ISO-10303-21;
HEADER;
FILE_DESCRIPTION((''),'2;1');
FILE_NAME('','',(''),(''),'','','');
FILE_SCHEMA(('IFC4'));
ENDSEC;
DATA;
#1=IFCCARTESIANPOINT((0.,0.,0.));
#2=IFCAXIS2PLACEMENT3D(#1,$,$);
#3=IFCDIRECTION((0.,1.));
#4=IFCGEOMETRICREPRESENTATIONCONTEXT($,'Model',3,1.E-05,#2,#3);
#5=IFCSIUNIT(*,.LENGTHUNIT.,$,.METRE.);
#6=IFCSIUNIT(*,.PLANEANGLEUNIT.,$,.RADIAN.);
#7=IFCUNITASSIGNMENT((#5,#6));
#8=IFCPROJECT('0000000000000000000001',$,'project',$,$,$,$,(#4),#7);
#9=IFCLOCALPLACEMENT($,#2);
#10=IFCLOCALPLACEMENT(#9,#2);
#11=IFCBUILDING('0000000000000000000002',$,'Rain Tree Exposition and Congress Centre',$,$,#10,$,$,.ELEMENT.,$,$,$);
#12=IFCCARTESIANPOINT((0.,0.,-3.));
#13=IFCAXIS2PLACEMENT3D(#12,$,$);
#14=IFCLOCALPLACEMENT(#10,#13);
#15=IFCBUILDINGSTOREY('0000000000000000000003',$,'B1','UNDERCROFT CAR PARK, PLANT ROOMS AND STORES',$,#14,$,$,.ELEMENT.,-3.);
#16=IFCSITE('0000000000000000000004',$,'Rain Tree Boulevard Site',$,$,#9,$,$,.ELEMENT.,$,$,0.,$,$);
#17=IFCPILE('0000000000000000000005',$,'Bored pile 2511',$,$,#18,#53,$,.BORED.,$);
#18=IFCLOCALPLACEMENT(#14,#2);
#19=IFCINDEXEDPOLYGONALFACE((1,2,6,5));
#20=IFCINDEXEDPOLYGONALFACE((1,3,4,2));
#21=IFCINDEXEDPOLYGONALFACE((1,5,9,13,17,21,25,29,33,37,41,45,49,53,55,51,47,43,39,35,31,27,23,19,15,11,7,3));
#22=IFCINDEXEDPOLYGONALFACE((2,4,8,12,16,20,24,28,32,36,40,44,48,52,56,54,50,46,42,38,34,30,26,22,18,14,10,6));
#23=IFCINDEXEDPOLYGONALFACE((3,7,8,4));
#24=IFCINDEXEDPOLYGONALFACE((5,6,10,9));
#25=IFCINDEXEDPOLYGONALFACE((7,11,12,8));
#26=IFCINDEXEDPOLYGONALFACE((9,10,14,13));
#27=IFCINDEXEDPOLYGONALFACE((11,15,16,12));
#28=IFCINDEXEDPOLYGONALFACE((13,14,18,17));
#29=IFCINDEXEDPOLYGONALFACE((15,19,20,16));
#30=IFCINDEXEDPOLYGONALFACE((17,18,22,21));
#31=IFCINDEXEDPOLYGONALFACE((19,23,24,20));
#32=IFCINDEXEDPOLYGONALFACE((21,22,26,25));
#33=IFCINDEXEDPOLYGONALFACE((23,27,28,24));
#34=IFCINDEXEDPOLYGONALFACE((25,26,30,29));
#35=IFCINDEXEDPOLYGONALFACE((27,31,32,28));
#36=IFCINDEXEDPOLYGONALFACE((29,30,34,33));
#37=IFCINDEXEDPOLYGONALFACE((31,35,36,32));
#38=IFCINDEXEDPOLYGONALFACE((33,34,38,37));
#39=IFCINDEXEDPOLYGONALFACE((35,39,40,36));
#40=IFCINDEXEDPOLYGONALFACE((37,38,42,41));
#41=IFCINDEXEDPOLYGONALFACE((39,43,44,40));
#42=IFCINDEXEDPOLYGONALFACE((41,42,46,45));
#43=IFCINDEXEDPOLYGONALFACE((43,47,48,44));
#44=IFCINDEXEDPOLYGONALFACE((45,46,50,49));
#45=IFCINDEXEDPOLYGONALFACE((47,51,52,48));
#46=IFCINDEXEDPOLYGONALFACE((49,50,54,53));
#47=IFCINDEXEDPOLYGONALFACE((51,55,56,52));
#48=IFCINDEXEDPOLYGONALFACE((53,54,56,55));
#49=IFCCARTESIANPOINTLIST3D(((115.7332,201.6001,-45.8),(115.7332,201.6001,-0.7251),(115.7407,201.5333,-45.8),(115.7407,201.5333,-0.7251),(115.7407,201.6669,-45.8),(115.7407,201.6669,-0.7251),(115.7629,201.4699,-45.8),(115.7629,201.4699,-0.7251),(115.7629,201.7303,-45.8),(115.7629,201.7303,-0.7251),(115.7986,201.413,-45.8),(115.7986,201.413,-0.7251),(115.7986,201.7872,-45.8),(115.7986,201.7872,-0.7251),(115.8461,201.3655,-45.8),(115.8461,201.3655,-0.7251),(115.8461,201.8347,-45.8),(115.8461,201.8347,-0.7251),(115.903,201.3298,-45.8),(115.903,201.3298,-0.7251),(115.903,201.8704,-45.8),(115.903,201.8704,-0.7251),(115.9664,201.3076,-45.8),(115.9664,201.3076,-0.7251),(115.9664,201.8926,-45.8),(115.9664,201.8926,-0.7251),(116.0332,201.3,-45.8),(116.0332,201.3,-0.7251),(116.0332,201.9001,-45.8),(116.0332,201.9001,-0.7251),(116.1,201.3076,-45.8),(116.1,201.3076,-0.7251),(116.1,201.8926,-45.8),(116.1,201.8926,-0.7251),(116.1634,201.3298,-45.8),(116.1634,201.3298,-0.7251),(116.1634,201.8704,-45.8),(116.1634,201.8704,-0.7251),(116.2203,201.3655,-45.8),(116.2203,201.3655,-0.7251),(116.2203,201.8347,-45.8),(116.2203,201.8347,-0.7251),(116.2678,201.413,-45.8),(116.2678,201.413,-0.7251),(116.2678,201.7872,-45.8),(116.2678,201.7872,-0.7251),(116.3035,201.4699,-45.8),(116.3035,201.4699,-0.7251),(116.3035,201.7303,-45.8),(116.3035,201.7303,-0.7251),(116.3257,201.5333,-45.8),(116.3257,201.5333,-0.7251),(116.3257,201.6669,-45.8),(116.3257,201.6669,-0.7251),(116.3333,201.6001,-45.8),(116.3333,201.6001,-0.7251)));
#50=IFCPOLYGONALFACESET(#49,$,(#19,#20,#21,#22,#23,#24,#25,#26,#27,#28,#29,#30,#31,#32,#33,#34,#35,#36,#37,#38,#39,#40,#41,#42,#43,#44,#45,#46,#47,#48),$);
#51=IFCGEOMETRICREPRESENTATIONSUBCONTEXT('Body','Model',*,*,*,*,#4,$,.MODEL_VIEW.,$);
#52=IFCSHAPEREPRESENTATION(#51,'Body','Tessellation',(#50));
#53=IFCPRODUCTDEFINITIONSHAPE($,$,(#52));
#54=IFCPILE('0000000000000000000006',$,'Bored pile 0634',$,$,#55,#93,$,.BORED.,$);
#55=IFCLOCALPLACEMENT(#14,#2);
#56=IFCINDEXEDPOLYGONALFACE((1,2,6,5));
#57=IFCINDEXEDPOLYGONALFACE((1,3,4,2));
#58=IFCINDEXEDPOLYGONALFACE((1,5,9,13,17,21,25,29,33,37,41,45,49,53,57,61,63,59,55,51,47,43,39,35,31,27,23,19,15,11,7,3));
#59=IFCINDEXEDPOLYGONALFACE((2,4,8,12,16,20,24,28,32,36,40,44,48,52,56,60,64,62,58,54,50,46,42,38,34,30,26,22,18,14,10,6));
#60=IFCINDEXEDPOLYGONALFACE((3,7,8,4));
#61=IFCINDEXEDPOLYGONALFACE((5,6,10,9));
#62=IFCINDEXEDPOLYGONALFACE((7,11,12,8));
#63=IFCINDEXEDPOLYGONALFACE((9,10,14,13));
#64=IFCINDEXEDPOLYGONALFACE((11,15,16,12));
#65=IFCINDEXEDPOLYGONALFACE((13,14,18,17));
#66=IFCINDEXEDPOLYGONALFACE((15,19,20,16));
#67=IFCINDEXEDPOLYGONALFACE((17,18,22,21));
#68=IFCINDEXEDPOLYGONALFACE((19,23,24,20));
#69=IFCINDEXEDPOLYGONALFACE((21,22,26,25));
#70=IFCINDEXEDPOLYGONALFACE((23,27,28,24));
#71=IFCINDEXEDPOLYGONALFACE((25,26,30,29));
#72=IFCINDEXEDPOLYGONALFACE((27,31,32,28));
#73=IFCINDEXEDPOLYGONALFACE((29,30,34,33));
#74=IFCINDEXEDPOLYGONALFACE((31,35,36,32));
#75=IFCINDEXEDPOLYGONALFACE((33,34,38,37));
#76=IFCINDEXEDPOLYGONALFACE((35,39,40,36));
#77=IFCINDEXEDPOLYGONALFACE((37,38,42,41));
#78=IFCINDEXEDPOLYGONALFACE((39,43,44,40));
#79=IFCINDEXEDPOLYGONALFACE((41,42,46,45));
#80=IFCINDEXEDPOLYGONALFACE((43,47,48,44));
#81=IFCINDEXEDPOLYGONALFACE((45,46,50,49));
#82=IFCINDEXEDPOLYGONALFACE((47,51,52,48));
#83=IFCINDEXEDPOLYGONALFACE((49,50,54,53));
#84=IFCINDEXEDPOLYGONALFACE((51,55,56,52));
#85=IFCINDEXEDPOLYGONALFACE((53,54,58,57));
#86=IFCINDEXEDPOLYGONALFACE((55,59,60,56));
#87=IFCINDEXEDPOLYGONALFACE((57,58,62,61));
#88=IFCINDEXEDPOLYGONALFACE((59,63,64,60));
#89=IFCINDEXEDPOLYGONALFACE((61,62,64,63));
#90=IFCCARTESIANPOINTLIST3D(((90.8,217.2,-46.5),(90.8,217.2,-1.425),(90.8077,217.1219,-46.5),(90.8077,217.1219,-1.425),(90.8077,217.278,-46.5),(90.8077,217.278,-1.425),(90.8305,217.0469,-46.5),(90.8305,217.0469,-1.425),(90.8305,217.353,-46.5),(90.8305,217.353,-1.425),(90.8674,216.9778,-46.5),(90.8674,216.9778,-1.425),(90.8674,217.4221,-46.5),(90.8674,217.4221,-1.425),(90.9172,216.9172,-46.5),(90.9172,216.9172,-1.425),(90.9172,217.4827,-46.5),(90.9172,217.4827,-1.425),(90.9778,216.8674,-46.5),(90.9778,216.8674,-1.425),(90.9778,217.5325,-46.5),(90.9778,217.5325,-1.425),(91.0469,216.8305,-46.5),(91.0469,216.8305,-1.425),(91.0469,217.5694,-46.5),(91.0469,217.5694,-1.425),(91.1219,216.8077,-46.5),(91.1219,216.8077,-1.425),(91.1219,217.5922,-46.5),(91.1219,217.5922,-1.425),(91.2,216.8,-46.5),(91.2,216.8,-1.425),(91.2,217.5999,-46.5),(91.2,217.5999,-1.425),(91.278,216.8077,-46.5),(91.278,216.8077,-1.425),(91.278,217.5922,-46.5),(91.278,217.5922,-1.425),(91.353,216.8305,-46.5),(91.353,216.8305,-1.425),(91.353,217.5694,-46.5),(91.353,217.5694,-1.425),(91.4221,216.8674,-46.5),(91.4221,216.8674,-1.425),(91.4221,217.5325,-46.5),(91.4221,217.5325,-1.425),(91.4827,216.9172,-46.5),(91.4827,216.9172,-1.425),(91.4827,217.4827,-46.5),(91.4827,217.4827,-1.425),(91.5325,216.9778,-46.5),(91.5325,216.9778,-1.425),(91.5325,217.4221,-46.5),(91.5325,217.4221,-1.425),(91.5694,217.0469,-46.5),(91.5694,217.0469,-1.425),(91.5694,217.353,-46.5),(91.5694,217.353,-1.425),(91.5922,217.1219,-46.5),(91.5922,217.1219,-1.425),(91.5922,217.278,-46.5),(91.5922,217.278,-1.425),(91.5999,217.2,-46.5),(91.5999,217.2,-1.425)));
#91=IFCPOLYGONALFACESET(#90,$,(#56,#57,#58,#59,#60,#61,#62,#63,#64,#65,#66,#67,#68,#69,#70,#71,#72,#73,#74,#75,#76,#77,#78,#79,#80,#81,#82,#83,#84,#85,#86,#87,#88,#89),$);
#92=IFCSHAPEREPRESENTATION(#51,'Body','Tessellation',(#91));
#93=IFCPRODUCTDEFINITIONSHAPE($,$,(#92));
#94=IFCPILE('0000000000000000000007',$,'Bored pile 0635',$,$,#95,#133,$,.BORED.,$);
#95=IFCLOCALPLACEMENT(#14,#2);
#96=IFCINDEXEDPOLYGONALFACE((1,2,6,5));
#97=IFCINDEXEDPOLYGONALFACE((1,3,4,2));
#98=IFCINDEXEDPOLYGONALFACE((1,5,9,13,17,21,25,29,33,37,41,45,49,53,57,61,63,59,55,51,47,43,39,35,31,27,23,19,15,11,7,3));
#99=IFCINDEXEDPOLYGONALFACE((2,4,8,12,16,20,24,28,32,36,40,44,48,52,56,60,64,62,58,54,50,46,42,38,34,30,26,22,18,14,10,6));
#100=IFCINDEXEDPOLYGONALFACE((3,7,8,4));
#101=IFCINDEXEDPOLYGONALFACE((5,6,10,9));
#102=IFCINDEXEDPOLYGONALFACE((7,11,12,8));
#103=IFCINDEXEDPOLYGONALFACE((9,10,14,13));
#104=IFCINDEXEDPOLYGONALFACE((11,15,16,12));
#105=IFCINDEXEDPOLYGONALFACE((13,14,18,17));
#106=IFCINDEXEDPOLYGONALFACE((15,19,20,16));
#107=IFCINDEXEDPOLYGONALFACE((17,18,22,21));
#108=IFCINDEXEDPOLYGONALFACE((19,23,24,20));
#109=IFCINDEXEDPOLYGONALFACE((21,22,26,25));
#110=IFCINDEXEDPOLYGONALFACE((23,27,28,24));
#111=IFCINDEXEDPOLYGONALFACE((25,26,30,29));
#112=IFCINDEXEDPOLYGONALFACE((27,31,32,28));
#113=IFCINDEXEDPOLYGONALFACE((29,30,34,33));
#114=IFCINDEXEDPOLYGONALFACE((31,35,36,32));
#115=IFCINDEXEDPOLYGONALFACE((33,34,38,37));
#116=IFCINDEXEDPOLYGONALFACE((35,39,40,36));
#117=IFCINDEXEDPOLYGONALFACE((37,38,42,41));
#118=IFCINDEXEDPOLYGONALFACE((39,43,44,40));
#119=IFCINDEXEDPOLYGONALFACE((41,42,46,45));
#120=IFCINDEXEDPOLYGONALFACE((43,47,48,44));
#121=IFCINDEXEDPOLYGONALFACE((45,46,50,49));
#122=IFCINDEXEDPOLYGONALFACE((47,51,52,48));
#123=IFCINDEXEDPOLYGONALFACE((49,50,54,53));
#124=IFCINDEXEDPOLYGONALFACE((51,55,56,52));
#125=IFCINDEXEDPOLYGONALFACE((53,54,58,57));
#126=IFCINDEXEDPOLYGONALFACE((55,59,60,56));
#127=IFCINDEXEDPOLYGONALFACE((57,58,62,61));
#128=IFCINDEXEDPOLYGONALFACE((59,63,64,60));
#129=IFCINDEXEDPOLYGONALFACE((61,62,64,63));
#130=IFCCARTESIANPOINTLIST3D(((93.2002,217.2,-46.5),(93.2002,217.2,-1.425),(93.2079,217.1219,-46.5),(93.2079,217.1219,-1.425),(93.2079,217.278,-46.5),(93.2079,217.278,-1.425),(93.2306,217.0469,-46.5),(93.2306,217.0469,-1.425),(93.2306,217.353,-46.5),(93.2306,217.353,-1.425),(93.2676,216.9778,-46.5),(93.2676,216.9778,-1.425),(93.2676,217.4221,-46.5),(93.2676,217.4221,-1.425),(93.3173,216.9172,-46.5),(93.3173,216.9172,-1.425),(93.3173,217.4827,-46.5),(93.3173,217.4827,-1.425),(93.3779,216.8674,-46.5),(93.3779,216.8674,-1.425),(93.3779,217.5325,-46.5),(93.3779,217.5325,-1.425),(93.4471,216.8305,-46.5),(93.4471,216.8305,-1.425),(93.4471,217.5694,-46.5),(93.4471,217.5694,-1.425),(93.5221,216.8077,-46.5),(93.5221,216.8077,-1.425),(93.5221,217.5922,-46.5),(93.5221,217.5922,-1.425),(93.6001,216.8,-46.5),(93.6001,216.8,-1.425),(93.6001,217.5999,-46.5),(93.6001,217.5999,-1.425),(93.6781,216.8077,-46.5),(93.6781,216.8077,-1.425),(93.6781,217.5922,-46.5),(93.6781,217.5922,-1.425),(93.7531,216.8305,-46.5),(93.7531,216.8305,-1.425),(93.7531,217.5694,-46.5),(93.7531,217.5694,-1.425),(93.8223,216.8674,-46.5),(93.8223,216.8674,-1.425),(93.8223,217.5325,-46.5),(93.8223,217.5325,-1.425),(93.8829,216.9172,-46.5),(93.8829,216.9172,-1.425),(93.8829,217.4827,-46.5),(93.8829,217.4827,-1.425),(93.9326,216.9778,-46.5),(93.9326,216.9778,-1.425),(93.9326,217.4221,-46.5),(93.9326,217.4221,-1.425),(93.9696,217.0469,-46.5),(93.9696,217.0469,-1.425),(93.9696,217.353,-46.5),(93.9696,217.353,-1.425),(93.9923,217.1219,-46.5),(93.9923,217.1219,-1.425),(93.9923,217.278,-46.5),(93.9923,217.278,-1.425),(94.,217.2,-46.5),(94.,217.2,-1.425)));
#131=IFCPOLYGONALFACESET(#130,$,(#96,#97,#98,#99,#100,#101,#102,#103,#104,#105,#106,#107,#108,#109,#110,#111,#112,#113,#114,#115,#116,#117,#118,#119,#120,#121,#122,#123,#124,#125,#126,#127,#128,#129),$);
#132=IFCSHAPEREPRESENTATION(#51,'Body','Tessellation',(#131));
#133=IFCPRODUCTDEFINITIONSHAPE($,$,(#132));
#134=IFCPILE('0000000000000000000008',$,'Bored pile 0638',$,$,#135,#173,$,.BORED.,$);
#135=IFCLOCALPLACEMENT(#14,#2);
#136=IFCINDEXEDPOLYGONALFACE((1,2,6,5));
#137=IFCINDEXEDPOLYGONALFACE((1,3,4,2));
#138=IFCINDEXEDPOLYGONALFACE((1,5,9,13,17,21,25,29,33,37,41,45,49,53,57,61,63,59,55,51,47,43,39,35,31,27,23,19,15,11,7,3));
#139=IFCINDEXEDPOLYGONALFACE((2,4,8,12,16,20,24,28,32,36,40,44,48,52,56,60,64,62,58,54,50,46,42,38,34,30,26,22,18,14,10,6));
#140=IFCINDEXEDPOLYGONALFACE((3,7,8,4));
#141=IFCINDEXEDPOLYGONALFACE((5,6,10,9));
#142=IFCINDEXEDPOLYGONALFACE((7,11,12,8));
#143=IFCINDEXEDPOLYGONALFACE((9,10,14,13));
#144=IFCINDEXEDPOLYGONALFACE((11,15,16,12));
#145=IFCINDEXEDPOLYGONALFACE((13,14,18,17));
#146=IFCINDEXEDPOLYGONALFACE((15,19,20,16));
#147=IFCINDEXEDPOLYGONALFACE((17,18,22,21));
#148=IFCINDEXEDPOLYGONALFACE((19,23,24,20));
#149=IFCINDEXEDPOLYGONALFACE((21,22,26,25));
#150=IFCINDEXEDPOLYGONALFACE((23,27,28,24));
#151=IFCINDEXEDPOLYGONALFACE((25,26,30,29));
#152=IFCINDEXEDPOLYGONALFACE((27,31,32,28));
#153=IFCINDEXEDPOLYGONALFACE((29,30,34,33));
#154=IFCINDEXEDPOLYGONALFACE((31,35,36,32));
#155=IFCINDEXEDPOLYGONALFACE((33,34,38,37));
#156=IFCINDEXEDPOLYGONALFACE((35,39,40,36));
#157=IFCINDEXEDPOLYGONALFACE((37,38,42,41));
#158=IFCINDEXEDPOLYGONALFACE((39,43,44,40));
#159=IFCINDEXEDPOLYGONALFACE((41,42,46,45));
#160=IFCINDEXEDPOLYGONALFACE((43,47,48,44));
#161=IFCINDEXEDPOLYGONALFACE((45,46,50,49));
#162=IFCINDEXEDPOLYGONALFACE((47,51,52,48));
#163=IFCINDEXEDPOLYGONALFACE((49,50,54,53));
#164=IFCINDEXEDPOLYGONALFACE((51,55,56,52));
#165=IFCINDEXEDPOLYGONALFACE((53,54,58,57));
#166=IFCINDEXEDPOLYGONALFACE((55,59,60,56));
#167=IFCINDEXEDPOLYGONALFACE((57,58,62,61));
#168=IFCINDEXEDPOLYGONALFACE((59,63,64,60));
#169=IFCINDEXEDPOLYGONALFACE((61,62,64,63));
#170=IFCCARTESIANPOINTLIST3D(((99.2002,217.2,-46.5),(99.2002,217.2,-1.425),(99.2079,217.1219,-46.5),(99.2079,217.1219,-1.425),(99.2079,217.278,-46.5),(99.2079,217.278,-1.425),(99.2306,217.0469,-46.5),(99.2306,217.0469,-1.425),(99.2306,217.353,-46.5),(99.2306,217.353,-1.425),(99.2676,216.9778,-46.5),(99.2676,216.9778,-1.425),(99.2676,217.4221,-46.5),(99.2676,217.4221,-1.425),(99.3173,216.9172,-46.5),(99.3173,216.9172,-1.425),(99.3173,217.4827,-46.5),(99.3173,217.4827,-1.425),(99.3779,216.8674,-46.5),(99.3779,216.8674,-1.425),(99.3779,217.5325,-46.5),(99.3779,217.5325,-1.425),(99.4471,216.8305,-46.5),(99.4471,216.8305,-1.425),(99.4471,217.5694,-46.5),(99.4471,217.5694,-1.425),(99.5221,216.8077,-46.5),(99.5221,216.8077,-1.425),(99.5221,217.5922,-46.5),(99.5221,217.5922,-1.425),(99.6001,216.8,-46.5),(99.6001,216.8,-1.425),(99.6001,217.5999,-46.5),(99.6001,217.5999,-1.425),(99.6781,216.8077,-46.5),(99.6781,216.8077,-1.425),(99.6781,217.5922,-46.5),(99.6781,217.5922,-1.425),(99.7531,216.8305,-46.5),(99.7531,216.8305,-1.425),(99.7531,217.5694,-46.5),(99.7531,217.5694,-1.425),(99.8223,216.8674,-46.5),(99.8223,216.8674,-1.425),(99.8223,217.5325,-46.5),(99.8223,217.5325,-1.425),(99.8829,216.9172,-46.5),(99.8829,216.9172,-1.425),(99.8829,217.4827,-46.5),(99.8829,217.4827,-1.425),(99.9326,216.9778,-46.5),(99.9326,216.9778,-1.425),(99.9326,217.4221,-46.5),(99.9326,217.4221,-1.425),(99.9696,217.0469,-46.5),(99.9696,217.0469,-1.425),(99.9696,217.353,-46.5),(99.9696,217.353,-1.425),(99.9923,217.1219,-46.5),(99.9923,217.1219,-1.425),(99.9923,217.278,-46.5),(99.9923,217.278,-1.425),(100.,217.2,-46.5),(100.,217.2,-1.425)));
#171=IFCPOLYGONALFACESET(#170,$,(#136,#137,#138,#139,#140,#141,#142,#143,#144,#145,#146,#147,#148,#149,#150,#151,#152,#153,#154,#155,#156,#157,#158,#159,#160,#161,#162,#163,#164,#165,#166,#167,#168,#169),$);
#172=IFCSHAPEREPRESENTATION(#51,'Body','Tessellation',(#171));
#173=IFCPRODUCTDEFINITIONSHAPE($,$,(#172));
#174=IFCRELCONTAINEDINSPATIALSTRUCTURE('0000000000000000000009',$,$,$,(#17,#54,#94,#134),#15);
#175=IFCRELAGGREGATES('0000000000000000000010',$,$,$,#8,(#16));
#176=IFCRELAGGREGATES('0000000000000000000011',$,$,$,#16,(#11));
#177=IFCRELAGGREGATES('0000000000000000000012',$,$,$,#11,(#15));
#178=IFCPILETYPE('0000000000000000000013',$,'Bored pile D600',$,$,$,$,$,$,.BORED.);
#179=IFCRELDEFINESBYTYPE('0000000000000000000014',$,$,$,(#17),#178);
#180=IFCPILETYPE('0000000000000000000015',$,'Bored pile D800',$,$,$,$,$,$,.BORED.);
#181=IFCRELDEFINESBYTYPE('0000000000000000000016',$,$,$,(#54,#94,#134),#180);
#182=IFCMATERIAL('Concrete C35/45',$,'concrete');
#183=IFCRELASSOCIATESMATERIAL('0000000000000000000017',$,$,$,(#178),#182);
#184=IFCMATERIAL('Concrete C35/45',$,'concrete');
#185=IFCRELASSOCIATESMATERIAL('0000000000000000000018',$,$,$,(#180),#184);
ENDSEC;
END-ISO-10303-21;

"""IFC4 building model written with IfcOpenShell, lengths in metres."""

from ifc_helpers import new_model, si_unit, direction, frame, origin, origin_2d, place, context, subcontext, project, spatial, circle, extrude, material, material_profile, profile_set, type_object, element, save


model = new_model("IFC4")

# Units and contexts
model_context = context("Model", 3, precision=1e-05, world=origin(), true_north=direction((0.0, 1.0)))
body_context = subcontext(model_context, "Body", "Model", "MODEL_VIEW")
ifc_project = project(units=[si_unit("LENGTHUNIT", "METRE"), si_unit("PLANEANGLEUNIT", "RADIAN")], contexts=[model_context])

# Site, building, storey
site_placement = place(None, origin())
site = spatial("IfcSite", under=ifc_project, at=site_placement, Name="Rain Tree Boulevard Site", CompositionType="ELEMENT", RefElevation=0.0)
building_placement = place(site_placement, origin())
building = spatial("IfcBuilding", under=site, at=building_placement, Name="Rain Tree Exposition and Congress Centre", CompositionType="ELEMENT")
storey_placement = place(building_placement, frame((0.0, 0.0, -3.0)))
storey = spatial("IfcBuildingStorey", under=building, at=storey_placement, Name="B1", Description="UNDERCROFT CAR PARK, PLANT ROOMS AND STORES", CompositionType="ELEMENT", Elevation=-3.0)

# Piles
ifc_material_1 = material(Name="Concrete C35/45", Category="concrete")
ifc_material_profile_1 = material_profile(ifc_material_1, circle(Radius=0.3, at=origin_2d()), Name="D600")
ifc_profile_set_1 = profile_set([ifc_material_profile_1], Name="Concrete C35/45")
pile_type_1 = type_object("IfcPileType", Name="Bored pile D600", PredefinedType="BORED", material=ifc_profile_set_1)
for number, where, z_axis, x_axis, name in (
    (1, (116.0332, 201.6001, -0.7251), (0.0, 0.0, -1.0), (1.0, 0.0, 0.0), "Bored pile 2511"),
):
    element("IfcPile", number, at=place(storey_placement, frame(where, z_axis=z_axis, x_axis=x_axis)), inside=storey, type_object=pile_type_1, Name=name, PredefinedType="BORED", context=body_context, shape_type="SweptSolid", body=[
        extrude(circle(Radius=0.3, at=origin_2d()), origin(), (0.0, 0.0, 1.0), 45.075),
    ])
ifc_material_2 = material(Name="Concrete C35/45", Category="concrete")
ifc_material_profile_2 = material_profile(ifc_material_2, circle(Radius=0.3999, at=origin_2d()), Name="D800")
ifc_profile_set_2 = profile_set([ifc_material_profile_2], Name="Concrete C35/45")
pile_type_2 = type_object("IfcPileType", Name="Bored pile D800", PredefinedType="BORED", material=ifc_profile_set_2)
for number, where, z_axis, x_axis, name in (
    (2, (91.2, 217.2, -1.425), (0.0, 0.0, -1.0), (1.0, 0.0, 0.0), "Bored pile 0634"),
    (3, (93.6001, 217.2, -1.425), (0.0, 0.0, -1.0), (1.0, 0.0, 0.0), "Bored pile 0635"),
    (4, (99.6001, 217.2, -1.425), (0.0, 0.0, -1.0), (1.0, 0.0, 0.0), "Bored pile 0638"),
):
    element("IfcPile", number, at=place(storey_placement, frame(where, z_axis=z_axis, x_axis=x_axis)), inside=storey, type_object=pile_type_2, Name=name, PredefinedType="BORED", context=body_context, shape_type="SweptSolid", body=[
        extrude(circle(Radius=0.3999, at=origin_2d()), origin(), (0.0, 0.0, 1.0), 45.075),
    ])

save(model, "model.ifc")
